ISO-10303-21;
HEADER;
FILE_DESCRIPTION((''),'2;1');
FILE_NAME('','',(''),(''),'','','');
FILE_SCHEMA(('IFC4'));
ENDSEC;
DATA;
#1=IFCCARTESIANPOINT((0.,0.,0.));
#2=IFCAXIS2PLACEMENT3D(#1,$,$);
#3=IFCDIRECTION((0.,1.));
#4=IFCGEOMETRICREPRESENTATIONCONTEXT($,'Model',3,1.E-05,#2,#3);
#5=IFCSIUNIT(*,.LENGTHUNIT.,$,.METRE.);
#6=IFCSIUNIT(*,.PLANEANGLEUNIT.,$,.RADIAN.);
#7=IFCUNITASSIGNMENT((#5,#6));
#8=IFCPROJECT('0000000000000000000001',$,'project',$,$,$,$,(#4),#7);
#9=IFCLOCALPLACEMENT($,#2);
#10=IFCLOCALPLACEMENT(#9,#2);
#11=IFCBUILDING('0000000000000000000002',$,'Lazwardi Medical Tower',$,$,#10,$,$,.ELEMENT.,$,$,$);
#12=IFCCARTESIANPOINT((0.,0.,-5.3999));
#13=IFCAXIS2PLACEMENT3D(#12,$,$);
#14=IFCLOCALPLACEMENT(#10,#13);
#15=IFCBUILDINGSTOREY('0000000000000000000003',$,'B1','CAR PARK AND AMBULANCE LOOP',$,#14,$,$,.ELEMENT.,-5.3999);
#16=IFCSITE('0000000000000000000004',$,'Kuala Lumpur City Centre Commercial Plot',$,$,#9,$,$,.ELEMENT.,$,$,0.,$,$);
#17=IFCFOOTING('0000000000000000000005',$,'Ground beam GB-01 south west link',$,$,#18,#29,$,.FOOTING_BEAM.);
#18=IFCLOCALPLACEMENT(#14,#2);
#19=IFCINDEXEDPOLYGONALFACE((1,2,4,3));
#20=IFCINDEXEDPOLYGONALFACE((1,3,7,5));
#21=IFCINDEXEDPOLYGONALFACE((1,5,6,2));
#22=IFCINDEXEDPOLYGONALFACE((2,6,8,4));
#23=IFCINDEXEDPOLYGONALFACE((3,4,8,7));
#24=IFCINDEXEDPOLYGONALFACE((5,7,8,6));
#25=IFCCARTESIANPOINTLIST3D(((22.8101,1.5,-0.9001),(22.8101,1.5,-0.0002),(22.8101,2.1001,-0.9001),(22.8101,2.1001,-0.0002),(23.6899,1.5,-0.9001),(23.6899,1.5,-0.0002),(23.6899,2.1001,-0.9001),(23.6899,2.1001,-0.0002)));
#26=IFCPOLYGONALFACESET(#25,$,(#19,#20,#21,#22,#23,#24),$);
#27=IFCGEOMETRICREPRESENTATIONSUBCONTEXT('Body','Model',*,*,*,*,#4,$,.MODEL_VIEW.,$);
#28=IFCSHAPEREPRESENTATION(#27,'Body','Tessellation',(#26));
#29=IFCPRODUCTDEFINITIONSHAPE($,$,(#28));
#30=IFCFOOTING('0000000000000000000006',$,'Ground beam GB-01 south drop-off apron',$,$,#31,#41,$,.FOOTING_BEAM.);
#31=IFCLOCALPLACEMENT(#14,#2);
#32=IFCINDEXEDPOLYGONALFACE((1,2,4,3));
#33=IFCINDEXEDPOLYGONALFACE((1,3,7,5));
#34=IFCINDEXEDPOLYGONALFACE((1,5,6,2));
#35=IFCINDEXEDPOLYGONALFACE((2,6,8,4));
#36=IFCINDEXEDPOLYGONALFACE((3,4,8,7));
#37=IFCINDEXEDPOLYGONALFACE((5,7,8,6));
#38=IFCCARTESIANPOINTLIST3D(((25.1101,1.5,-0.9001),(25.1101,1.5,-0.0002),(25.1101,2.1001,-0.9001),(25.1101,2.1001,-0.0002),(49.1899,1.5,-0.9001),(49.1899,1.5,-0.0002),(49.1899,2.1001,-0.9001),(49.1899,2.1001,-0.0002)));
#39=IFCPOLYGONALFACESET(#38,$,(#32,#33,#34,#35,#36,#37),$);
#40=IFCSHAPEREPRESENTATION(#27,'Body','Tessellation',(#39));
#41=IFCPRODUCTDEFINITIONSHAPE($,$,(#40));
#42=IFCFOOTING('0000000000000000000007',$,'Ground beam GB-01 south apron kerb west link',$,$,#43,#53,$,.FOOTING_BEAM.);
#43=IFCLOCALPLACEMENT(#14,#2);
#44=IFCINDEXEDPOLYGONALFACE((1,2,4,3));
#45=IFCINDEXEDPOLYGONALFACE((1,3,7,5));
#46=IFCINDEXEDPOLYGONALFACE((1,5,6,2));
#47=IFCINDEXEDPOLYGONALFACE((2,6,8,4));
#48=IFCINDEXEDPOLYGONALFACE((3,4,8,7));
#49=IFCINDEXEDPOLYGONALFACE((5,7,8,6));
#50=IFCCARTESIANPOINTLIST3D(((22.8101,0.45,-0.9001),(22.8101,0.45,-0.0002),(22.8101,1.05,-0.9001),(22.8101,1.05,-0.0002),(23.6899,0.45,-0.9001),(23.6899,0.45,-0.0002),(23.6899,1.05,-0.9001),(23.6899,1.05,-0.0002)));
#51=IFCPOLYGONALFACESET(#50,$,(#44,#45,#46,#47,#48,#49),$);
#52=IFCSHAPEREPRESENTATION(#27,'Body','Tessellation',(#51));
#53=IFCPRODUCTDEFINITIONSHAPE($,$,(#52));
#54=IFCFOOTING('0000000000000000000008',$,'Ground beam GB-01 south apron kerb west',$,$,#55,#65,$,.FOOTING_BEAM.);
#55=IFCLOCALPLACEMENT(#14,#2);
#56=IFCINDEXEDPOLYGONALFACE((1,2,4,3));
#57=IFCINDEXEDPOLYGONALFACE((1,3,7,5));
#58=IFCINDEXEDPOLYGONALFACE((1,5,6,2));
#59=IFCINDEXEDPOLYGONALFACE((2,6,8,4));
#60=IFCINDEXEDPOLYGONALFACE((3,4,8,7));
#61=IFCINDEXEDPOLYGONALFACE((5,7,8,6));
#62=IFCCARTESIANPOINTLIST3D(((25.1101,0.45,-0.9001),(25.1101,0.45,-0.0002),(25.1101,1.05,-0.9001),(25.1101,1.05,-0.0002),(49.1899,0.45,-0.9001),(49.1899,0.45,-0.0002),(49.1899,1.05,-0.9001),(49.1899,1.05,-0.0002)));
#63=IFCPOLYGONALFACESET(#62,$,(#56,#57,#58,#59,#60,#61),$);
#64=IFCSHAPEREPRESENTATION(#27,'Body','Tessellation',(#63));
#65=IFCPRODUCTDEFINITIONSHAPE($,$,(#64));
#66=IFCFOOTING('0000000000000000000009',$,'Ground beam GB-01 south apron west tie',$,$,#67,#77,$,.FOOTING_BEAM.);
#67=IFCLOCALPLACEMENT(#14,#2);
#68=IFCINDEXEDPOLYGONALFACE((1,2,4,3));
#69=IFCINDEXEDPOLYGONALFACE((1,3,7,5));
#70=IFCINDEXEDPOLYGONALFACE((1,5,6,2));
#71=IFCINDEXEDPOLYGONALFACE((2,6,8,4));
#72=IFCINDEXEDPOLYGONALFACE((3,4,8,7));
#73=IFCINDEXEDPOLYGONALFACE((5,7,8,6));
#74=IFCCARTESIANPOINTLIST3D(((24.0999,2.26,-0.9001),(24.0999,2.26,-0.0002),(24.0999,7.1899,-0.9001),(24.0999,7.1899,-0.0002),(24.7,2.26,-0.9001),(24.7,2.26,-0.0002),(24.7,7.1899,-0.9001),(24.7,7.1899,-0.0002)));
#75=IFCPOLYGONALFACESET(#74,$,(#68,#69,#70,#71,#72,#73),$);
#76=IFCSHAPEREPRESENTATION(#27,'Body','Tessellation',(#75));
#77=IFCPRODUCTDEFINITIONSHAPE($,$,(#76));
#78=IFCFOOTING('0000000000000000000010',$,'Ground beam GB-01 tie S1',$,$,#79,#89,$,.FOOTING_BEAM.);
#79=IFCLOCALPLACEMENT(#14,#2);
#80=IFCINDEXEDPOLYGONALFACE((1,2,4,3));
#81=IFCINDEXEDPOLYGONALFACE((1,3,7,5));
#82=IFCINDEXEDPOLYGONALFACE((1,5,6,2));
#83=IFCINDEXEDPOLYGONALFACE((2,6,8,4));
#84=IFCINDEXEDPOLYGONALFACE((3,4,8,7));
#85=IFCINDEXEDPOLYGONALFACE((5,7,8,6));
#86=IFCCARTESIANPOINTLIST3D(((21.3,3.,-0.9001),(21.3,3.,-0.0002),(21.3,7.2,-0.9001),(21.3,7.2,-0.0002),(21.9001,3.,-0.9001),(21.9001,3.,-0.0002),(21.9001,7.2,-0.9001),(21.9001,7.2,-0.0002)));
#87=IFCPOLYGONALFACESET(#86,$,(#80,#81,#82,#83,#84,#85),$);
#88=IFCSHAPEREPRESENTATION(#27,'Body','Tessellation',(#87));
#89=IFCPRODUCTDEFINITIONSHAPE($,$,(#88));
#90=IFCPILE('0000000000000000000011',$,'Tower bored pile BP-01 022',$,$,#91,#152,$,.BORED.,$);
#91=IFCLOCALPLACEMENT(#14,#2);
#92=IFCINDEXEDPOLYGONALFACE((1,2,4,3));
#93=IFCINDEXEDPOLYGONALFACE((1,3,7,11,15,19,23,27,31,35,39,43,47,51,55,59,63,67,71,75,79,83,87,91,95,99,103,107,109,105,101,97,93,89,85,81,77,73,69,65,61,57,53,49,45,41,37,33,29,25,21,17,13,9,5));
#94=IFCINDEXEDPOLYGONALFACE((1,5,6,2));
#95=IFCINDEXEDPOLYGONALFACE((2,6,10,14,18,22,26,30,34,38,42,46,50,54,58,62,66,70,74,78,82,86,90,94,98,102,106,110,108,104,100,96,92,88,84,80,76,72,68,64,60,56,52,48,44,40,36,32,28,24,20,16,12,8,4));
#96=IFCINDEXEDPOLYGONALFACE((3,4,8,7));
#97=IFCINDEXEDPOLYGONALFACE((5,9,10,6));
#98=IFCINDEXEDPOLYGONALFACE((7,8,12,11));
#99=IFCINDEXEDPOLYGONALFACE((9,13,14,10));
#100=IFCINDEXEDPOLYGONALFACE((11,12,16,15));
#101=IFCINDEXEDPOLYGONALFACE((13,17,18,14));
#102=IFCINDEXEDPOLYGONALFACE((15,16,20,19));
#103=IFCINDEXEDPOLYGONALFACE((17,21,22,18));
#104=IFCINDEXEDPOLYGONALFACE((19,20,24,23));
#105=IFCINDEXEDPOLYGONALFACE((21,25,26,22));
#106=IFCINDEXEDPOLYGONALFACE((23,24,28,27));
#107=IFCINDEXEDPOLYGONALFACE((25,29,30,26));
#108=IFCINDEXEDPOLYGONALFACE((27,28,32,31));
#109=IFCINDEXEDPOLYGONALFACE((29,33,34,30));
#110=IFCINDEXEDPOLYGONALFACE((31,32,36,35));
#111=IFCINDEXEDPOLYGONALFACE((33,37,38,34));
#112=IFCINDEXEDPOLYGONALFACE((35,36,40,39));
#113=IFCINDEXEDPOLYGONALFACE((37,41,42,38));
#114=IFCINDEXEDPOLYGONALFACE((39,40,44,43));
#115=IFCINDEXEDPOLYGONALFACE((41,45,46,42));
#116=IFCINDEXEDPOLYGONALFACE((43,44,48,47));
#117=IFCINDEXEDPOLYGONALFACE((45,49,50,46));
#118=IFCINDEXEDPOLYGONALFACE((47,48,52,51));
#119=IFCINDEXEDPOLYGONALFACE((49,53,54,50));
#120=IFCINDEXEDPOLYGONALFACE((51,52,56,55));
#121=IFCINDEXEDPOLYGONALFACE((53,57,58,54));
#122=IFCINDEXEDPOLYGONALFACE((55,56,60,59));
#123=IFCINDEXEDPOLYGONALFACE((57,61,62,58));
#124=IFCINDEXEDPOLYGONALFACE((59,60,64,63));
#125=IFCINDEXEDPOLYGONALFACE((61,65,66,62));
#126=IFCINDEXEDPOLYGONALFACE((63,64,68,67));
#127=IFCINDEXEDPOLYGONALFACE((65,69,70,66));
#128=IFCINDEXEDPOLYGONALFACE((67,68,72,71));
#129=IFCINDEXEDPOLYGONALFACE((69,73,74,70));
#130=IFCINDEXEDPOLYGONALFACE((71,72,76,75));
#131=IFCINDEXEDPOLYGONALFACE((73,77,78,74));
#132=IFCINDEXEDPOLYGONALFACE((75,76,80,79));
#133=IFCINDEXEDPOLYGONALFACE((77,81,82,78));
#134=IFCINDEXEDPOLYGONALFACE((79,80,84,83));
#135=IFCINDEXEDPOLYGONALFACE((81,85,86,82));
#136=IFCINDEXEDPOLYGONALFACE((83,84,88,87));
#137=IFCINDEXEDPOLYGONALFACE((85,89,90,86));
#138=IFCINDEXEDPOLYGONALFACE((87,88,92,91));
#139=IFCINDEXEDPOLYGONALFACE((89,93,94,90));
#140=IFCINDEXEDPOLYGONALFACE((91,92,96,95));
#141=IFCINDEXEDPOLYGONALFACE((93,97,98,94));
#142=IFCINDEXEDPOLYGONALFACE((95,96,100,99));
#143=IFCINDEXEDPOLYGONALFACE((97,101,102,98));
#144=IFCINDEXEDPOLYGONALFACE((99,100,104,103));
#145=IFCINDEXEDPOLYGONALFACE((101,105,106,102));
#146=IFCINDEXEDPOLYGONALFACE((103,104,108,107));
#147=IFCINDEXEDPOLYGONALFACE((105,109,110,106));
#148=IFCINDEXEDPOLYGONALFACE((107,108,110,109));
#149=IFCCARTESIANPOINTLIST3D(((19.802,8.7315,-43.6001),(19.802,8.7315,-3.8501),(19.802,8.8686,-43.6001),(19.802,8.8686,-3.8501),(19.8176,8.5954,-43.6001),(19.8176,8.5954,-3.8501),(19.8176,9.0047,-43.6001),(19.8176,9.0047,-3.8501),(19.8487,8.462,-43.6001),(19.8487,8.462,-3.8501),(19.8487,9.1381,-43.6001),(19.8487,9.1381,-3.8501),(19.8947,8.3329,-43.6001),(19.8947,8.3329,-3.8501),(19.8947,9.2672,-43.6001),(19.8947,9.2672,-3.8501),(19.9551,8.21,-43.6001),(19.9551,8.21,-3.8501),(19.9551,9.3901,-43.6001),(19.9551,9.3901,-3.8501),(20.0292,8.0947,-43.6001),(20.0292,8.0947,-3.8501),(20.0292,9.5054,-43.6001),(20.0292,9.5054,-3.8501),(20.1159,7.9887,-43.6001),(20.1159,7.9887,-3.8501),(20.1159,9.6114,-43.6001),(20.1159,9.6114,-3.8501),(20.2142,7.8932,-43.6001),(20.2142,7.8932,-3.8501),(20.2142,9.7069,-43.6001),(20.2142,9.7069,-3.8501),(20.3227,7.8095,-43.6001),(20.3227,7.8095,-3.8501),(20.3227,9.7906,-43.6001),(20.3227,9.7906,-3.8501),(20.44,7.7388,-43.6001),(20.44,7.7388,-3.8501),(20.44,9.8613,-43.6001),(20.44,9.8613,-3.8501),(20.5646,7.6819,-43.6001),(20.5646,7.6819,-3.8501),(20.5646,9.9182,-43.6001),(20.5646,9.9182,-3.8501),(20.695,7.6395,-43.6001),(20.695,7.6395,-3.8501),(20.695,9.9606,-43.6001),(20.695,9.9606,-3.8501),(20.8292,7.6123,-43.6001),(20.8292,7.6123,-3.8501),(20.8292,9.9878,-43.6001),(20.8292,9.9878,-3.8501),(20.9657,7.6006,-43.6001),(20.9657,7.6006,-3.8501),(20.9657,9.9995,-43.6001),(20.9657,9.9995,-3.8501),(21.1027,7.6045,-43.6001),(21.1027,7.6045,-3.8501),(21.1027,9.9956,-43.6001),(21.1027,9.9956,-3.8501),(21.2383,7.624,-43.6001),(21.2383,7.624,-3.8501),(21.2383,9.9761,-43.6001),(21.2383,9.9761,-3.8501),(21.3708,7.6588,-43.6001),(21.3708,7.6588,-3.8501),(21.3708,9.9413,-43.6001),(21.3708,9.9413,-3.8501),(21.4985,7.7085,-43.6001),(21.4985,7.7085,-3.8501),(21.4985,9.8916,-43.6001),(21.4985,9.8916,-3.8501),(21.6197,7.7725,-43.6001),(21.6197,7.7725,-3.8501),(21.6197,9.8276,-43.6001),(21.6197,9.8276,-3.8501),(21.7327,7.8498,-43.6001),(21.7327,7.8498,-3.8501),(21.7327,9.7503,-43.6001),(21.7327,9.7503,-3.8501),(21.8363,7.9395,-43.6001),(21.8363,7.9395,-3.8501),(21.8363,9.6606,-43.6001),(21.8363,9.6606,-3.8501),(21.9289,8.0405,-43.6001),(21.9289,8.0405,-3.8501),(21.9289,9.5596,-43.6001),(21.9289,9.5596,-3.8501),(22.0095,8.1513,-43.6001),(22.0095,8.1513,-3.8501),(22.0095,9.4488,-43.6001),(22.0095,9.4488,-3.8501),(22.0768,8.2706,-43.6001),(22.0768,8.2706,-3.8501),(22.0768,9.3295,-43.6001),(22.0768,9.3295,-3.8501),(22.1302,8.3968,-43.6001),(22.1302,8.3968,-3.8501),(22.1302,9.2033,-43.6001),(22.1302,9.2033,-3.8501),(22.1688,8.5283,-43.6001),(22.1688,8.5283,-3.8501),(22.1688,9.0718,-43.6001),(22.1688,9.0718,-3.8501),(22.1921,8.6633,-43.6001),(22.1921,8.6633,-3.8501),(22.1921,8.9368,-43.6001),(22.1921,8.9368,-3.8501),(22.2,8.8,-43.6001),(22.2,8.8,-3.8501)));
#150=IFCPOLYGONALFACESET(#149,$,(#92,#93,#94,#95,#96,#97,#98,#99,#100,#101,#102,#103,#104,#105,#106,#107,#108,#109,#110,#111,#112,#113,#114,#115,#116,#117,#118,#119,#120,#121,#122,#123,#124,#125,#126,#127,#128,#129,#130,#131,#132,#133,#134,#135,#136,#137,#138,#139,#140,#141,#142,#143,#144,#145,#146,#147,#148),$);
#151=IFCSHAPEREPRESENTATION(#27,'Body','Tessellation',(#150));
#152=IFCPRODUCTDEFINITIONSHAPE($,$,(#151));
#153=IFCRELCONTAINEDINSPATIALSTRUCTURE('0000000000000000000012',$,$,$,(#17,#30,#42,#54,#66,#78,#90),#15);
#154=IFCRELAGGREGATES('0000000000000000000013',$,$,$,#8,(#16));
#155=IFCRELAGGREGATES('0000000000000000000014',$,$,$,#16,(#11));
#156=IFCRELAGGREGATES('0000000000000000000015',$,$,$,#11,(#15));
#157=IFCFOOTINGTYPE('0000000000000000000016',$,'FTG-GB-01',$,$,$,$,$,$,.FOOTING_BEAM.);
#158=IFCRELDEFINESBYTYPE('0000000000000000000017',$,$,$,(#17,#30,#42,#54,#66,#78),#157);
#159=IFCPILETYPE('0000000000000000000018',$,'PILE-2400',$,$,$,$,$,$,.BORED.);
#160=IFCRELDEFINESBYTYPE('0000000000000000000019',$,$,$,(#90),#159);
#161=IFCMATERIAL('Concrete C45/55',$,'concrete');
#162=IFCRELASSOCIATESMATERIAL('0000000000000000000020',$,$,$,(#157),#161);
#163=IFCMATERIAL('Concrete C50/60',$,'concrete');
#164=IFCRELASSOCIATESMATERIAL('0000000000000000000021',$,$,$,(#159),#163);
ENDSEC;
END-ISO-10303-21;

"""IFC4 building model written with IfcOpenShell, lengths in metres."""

from ifc_helpers import new_model, si_unit, direction, frame, origin, origin_2d, place, context, subcontext, project, spatial, rectangle, circle, extrude, material, material_profile, profile_set, type_object, element, save


model = new_model("IFC4")

# Units and contexts
model_context = context("Model", 3, precision=1e-05, world=origin(), true_north=direction((0.0, 1.0)))
body_context = subcontext(model_context, "Body", "Model", "MODEL_VIEW")
ifc_project = project(units=[si_unit("LENGTHUNIT", "METRE"), si_unit("PLANEANGLEUNIT", "RADIAN")], contexts=[model_context])

# Site, building, storey
site_placement = place(None, origin())
site = spatial("IfcSite", under=ifc_project, at=site_placement, Name="Kuala Lumpur City Centre Commercial Plot", CompositionType="ELEMENT", RefElevation=0.0)
building_placement = place(site_placement, origin())
building = spatial("IfcBuilding", under=site, at=building_placement, Name="Lazwardi Medical Tower", CompositionType="ELEMENT")
storey_placement = place(building_placement, frame((0.0, 0.0, -5.3999)))
storey = spatial("IfcBuildingStorey", under=building, at=storey_placement, Name="B1", Description="CAR PARK AND AMBULANCE LOOP", CompositionType="ELEMENT", Elevation=-5.3999)

# Footings
ifc_material_1 = material(Name="Concrete C45/55", Category="concrete")
ifc_material_profile_1 = material_profile(ifc_material_1, rectangle(XDim=0.6001, YDim=0.8999, at=origin_2d()), Name="RC-GB 600x900")
ifc_profile_set_1 = profile_set([ifc_material_profile_1], Name="Concrete C45/55")
footing_type = type_object("IfcFootingType", Name="FTG-GB-01", PredefinedType="FOOTING_BEAM", material=ifc_profile_set_1)
footing_1_placement = place(storey_placement, frame((22.8101, 1.8, -0.4502), z_axis=(1.0, 0.0, 0.0), x_axis=(0.0, 1.0, 0.0)))
element("IfcFooting", 1, at=footing_1_placement, inside=storey, type_object=footing_type, Name="Ground beam GB-01 south west link", PredefinedType="FOOTING_BEAM", context=body_context, shape_type="SweptSolid", body=[
    extrude(rectangle(XDim=0.6001, YDim=0.8999, at=origin_2d()), origin(), (0.0, 0.0, 1.0), 0.8799),
])
footing_2_placement = place(storey_placement, frame((25.1101, 1.8, -0.4502), z_axis=(1.0, 0.0, 0.0), x_axis=(0.0, 1.0, 0.0)))
element("IfcFooting", 2, at=footing_2_placement, inside=storey, type_object=footing_type, Name="Ground beam GB-01 south drop-off apron", PredefinedType="FOOTING_BEAM", context=body_context, shape_type="SweptSolid", body=[
    extrude(rectangle(XDim=0.6001, YDim=0.8999, at=origin_2d()), origin(), (0.0, 0.0, 1.0), 24.0798),
])
footing_3_placement = place(storey_placement, frame((22.8101, 0.75, -0.4502), z_axis=(1.0, 0.0, 0.0), x_axis=(0.0, 1.0, 0.0)))
element("IfcFooting", 3, at=footing_3_placement, inside=storey, type_object=footing_type, Name="Ground beam GB-01 south apron kerb west link", PredefinedType="FOOTING_BEAM", context=body_context, shape_type="SweptSolid", body=[
    extrude(rectangle(XDim=0.6001, YDim=0.8999, at=origin_2d()), origin(), (0.0, 0.0, 1.0), 0.8799),
])
footing_4_placement = place(storey_placement, frame((25.1101, 0.75, -0.4502), z_axis=(1.0, 0.0, 0.0), x_axis=(0.0, 1.0, 0.0)))
element("IfcFooting", 4, at=footing_4_placement, inside=storey, type_object=footing_type, Name="Ground beam GB-01 south apron kerb west", PredefinedType="FOOTING_BEAM", context=body_context, shape_type="SweptSolid", body=[
    extrude(rectangle(XDim=0.6001, YDim=0.8999, at=origin_2d()), origin(), (0.0, 0.0, 1.0), 24.0798),
])
footing_5_placement = place(storey_placement, frame((24.3999, 2.26, -0.4502), z_axis=(0.0, 1.0, 0.0), x_axis=(-1.0, 0.0, 0.0)))
element("IfcFooting", 5, at=footing_5_placement, inside=storey, type_object=footing_type, Name="Ground beam GB-01 south apron west tie", PredefinedType="FOOTING_BEAM", context=body_context, shape_type="SweptSolid", body=[
    extrude(rectangle(XDim=0.6001, YDim=0.8999, at=origin_2d()), origin(), (0.0, 0.0, 1.0), 4.9299),
])
footing_6_placement = place(storey_placement, frame((21.6001, 3.0, -0.4502), z_axis=(0.0, 1.0, 0.0), x_axis=(-1.0, 0.0, 0.0)))
element("IfcFooting", 6, at=footing_6_placement, inside=storey, type_object=footing_type, Name="Ground beam GB-01 tie S1", PredefinedType="FOOTING_BEAM", context=body_context, shape_type="SweptSolid", body=[
    extrude(rectangle(XDim=0.6001, YDim=0.8999, at=origin_2d()), origin(), (0.0, 0.0, 1.0), 4.2),
])

# Pile
ifc_material_2 = material(Name="Concrete C50/60", Category="concrete")
ifc_material_profile_2 = material_profile(ifc_material_2, circle(Radius=1.2, at=origin_2d()), Name="BORED PILE D2400")
ifc_profile_set_2 = profile_set([ifc_material_profile_2], Name="Concrete C50/60")
pile_type = type_object("IfcPileType", Name="PILE-2400", PredefinedType="BORED", material=ifc_profile_set_2)
for number, where, z_axis, x_axis, name in (
    (7, (21.0, 8.8, -3.8501), (0.0, 0.0, -1.0), (1.0, 0.0, 0.0), "Tower bored pile BP-01 022"),
):
    element("IfcPile", number, at=place(storey_placement, frame(where, z_axis=z_axis, x_axis=x_axis)), inside=storey, type_object=pile_type, Name=name, PredefinedType="BORED", context=body_context, shape_type="SweptSolid", body=[
        extrude(circle(Radius=1.2, at=origin_2d()), origin(), (0.0, 0.0, 1.0), 39.75),
    ])

save(model, "model.ifc")
